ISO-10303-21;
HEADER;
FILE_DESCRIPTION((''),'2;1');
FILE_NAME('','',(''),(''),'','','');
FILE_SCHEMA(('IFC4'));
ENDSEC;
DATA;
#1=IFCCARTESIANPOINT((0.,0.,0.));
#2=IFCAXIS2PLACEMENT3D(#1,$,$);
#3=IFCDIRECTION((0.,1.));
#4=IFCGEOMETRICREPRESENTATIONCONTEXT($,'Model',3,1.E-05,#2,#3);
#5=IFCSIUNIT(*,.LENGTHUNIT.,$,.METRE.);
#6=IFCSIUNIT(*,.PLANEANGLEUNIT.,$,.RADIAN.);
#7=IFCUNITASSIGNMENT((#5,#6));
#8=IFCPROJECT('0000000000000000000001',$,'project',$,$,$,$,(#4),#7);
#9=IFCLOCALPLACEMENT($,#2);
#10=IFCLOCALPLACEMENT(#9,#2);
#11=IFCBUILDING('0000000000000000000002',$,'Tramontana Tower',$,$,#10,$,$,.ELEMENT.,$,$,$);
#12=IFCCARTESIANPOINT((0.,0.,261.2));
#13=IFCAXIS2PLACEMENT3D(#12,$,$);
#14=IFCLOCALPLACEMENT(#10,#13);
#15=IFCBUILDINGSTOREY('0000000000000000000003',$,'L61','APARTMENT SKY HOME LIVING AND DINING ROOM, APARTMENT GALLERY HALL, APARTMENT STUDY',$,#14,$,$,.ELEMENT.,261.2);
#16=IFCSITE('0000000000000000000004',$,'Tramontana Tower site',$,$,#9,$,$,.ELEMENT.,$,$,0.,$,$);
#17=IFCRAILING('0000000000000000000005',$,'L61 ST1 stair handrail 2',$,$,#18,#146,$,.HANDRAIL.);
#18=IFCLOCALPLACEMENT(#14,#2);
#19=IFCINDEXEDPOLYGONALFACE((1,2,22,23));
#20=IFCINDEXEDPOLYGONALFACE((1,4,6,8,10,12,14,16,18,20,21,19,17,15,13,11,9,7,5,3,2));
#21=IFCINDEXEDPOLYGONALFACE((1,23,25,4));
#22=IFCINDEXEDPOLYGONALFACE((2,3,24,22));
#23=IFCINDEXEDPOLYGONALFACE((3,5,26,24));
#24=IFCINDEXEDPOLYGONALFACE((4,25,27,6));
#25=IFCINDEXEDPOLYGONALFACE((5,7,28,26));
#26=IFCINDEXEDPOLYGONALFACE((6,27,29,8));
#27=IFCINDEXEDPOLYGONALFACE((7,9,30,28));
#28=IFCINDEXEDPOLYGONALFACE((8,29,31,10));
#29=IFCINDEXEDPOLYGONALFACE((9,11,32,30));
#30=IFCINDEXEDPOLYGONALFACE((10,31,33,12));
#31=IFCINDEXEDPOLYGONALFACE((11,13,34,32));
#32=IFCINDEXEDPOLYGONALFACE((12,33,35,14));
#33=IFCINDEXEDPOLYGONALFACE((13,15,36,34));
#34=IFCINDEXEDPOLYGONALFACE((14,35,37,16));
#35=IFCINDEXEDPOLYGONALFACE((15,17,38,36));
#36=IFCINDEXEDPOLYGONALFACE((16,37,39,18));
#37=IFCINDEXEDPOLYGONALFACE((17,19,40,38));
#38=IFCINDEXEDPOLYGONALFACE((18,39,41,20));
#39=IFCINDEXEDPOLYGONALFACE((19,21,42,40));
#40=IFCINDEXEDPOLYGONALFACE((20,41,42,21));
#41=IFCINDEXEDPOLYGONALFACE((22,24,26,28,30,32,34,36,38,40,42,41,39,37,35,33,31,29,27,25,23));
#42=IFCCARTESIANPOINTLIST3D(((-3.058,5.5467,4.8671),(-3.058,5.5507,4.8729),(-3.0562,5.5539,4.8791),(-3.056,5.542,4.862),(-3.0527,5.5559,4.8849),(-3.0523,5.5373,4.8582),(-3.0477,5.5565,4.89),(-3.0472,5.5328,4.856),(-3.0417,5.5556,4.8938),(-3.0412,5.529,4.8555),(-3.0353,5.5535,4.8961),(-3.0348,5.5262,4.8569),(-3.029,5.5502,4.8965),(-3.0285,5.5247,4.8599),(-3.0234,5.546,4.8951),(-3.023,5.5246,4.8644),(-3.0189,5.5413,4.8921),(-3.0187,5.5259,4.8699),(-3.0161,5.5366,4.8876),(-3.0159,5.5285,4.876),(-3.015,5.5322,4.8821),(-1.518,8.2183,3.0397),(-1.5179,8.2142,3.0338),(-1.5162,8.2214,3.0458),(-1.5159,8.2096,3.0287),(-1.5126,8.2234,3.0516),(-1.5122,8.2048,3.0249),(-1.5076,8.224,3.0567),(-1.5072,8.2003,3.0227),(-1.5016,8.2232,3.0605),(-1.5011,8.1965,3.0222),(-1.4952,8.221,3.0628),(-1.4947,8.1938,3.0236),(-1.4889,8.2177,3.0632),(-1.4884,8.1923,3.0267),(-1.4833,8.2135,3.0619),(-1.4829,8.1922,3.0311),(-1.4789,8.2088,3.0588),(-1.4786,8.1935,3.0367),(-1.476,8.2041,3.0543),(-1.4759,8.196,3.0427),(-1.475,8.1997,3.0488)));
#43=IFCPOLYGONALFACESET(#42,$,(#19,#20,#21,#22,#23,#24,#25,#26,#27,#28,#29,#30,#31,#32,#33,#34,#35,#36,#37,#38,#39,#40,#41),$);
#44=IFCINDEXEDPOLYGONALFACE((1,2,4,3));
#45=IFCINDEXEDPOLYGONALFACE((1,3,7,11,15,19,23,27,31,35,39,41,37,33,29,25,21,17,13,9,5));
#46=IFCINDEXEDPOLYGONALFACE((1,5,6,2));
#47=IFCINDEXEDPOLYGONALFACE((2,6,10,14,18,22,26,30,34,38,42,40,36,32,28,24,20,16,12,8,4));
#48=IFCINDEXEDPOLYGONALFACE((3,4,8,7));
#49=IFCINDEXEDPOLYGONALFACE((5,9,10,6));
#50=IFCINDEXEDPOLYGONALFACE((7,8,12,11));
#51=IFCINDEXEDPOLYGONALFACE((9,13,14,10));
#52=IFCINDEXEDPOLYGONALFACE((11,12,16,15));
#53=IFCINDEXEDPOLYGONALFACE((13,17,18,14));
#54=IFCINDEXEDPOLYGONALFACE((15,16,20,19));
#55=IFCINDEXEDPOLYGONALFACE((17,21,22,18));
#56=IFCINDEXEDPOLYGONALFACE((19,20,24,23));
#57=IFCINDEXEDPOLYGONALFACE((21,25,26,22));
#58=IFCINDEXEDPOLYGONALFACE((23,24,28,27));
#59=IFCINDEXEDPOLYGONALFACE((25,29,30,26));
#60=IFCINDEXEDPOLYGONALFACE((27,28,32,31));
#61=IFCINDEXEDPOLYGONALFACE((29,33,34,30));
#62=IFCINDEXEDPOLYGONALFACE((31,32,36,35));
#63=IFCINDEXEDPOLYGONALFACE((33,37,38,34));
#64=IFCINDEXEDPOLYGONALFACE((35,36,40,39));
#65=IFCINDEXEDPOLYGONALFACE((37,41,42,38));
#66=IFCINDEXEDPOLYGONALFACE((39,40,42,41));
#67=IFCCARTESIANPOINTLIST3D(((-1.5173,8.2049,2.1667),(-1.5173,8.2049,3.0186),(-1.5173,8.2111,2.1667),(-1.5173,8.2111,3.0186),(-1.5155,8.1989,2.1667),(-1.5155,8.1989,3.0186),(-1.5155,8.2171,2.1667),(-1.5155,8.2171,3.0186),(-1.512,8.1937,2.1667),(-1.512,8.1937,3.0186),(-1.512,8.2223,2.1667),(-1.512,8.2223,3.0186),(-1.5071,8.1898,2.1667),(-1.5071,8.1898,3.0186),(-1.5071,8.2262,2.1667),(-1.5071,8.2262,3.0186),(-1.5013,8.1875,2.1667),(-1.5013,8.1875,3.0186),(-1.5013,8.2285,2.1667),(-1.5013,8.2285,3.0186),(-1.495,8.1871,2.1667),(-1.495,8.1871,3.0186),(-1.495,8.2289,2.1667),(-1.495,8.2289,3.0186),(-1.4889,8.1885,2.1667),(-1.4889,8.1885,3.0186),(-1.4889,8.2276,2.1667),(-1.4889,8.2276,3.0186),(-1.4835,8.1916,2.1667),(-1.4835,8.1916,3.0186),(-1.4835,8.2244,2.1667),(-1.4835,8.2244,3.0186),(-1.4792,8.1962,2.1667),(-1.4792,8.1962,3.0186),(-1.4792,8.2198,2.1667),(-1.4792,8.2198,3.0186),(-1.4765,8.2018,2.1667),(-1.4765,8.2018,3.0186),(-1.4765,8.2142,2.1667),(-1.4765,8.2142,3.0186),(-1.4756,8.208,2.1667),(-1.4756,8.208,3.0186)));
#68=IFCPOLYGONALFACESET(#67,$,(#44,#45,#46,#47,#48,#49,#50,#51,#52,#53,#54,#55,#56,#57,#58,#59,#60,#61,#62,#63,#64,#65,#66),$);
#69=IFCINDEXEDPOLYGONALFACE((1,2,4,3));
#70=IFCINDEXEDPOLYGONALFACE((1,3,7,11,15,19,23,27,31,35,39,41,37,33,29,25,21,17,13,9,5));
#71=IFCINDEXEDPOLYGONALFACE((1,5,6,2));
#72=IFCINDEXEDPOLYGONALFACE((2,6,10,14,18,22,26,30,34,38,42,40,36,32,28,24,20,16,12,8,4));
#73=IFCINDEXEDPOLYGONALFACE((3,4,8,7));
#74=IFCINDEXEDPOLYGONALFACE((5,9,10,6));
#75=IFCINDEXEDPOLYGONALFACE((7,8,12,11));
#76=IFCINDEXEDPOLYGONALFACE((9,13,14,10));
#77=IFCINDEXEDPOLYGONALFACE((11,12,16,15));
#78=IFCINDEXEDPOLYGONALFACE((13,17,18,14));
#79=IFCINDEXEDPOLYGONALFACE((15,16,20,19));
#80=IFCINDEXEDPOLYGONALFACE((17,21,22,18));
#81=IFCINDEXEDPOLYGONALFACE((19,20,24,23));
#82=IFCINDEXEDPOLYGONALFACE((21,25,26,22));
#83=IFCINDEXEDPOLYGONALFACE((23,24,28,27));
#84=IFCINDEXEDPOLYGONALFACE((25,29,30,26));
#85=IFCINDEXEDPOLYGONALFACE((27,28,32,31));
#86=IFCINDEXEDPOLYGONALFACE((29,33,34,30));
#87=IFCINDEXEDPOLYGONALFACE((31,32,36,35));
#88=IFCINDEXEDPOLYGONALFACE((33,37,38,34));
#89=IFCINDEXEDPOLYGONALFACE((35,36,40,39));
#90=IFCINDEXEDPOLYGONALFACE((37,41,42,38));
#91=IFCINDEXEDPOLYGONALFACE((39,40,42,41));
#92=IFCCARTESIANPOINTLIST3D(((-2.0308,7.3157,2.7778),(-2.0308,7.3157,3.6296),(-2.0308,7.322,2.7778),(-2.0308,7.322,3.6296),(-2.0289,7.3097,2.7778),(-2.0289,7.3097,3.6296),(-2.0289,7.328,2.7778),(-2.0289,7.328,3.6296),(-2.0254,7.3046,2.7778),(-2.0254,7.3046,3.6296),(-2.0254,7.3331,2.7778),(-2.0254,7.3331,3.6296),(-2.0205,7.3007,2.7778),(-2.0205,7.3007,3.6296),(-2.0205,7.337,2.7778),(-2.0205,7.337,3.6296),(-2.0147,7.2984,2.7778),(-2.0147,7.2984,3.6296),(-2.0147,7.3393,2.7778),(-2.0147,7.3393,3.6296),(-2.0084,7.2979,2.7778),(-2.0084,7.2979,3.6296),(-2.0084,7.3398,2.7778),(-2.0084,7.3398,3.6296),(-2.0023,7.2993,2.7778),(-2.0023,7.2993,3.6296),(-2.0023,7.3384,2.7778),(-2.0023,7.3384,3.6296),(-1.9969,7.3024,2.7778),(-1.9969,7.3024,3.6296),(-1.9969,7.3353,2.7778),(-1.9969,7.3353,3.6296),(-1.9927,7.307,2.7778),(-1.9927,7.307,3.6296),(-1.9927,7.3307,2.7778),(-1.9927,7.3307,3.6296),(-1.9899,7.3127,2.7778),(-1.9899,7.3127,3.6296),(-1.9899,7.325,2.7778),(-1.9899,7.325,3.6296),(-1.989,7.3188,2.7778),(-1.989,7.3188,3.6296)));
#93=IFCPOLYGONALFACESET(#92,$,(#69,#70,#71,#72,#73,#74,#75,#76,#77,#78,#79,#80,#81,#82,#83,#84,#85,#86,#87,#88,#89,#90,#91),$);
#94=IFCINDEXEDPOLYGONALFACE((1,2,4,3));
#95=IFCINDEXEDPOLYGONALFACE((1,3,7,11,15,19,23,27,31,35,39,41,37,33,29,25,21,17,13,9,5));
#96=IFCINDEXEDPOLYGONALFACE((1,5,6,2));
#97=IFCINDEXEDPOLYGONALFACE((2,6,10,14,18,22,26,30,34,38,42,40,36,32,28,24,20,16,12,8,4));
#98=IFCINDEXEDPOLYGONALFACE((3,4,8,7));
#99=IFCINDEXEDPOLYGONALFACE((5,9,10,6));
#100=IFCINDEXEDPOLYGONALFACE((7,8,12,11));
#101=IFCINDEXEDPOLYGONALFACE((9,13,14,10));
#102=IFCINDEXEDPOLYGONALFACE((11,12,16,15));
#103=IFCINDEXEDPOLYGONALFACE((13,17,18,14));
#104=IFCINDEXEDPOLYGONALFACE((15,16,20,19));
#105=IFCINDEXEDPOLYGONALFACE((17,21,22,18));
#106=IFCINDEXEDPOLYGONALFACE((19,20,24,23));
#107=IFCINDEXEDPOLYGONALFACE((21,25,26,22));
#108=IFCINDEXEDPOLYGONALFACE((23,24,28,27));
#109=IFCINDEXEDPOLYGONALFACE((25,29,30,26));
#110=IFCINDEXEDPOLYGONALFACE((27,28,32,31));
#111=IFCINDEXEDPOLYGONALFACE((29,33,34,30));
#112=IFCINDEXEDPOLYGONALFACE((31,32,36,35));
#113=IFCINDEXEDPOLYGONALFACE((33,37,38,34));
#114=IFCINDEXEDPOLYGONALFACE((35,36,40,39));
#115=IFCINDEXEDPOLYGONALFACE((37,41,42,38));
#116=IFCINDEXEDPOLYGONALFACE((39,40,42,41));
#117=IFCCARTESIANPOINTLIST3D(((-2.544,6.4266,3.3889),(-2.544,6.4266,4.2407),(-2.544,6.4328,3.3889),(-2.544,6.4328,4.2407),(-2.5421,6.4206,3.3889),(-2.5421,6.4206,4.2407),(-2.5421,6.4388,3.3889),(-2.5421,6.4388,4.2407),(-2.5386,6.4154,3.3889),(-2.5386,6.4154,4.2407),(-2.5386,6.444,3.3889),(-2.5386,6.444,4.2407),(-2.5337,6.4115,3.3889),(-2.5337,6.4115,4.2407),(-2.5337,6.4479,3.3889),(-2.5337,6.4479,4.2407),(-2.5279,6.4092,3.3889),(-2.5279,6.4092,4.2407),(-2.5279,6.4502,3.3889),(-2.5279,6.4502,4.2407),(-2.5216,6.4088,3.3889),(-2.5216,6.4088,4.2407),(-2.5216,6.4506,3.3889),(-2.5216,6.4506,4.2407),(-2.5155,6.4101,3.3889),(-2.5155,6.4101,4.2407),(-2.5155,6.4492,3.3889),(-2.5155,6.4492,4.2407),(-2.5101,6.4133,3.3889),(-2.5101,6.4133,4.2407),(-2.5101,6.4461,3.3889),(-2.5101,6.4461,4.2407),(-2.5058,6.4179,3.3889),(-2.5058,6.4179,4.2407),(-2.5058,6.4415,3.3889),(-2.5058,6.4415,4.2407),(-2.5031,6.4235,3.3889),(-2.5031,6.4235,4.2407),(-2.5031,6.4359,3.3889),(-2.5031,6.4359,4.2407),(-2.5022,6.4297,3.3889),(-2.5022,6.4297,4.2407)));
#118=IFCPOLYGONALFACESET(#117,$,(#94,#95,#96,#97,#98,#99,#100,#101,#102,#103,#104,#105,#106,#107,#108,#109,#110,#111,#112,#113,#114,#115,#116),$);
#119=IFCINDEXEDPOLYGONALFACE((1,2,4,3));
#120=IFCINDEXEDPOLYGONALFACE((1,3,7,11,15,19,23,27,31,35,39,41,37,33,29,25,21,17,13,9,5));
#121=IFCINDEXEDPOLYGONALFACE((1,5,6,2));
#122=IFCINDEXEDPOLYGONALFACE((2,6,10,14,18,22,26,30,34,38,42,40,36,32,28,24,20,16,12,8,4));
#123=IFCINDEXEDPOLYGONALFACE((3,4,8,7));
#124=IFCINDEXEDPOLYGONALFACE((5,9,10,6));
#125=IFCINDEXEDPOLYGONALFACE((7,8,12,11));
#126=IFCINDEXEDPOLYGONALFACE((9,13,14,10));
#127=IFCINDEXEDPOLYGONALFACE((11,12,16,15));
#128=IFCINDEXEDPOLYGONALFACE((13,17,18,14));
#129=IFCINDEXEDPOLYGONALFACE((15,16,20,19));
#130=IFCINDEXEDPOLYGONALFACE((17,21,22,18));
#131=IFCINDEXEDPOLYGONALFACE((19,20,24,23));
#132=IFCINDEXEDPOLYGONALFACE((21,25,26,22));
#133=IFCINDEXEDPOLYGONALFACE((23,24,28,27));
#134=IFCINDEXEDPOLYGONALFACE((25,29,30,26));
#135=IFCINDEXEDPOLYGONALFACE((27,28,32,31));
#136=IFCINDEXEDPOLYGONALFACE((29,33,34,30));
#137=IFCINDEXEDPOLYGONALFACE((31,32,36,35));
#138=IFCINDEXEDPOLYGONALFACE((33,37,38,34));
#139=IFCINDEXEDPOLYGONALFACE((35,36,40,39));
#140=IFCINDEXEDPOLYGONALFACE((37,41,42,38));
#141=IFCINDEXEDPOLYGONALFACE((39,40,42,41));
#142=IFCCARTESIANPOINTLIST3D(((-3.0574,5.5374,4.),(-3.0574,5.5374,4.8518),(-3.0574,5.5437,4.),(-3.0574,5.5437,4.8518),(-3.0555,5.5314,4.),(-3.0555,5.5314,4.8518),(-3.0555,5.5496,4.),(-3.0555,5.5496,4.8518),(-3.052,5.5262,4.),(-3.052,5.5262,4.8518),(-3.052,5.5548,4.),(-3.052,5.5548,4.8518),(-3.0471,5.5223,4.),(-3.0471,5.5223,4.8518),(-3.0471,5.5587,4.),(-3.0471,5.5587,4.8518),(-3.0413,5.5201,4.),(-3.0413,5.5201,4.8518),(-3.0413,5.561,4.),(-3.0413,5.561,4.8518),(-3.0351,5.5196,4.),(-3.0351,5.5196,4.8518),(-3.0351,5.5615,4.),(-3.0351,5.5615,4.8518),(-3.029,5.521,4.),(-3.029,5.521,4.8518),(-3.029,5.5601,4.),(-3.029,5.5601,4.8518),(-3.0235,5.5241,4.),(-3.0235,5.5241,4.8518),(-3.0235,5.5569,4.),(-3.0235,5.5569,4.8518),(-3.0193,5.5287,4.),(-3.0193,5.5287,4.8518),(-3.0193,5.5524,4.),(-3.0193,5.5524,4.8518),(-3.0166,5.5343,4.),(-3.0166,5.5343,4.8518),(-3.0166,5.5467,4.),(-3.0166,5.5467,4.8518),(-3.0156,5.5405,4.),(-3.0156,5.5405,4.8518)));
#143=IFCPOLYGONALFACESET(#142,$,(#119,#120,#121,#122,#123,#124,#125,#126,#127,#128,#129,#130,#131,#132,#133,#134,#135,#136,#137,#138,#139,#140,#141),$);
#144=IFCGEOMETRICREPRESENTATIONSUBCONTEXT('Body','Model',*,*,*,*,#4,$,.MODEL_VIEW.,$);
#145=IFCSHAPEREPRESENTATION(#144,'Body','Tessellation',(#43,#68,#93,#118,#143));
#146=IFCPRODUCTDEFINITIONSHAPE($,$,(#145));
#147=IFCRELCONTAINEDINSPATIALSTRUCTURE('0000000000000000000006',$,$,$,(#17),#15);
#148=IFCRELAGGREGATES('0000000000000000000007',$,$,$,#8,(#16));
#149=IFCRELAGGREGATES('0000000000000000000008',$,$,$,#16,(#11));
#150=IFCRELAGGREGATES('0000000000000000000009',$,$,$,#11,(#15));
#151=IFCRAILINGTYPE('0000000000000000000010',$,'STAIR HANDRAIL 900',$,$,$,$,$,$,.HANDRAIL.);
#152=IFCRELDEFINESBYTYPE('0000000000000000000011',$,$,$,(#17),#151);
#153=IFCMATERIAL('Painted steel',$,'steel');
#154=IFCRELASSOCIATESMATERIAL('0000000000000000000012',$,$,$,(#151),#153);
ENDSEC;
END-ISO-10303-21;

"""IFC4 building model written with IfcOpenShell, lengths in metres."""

from ifc_helpers import new_model, si_unit, direction, frame, origin, origin_2d, place, context, subcontext, project, spatial, circle, extrude, material, type_object, element, save


model = new_model("IFC4")

# Units and contexts
model_context = context("Model", 3, precision=1e-05, world=origin(), true_north=direction((0.0, 1.0)))
body_context = subcontext(model_context, "Body", "Model", "MODEL_VIEW")
ifc_project = project(units=[si_unit("LENGTHUNIT", "METRE"), si_unit("PLANEANGLEUNIT", "RADIAN")], contexts=[model_context])

# Site, building, storey
site_placement = place(None, origin())
site = spatial("IfcSite", under=ifc_project, at=site_placement, Name="Tramontana Tower site", CompositionType="ELEMENT", RefElevation=0.0)
building_placement = place(site_placement, origin())
building = spatial("IfcBuilding", under=site, at=building_placement, Name="Tramontana Tower", CompositionType="ELEMENT")
storey_placement = place(building_placement, frame((0.0, 0.0, 261.2)))
storey = spatial("IfcBuildingStorey", under=building, at=storey_placement, Name="L61", Description="APARTMENT SKY HOME LIVING AND DINING ROOM, APARTMENT GALLERY HALL, APARTMENT STUDY", CompositionType="ELEMENT", Elevation=261.2)

# Railing
ifc_material_1 = material(Name="Painted steel", Category="steel")
railing_type_1 = type_object("IfcRailingType", Name="STAIR HANDRAIL 900", PredefinedType="HANDRAIL", material=ifc_material_1)
railing_1_placement = place(storey_placement, frame((-1.4966, 8.208, 2.1667)))
element("IfcRailing", 1, at=railing_1_placement, inside=storey, type_object=railing_type_1, Name="L61 ST1 stair handrail 2", PredefinedType="HANDRAIL", context=body_context, shape_type="SweptSolid", body=[
    extrude(circle(Radius=0.0239, at=origin_2d()), frame((0.0, 0.0, 0.876), z_axis=(-0.429649, -0.74419, 0.511452), x_axis=(0.86603, -0.499992, 0.0)), (0.0, 0.0, 1.0), 3.5845),
    extrude(circle(Radius=0.021, at=origin_2d()), origin(), (0.0, 0.0, 1.0), 0.8518),
    extrude(circle(Radius=0.021, at=origin_2d()), frame((-0.5134, -0.8892, 0.6111)), (0.0, 0.0, 1.0), 0.8518),
    extrude(circle(Radius=0.021, at=origin_2d()), frame((-1.0266, -1.7783, 1.2222)), (0.0, 0.0, 1.0), 0.8518),
    extrude(circle(Radius=0.021, at=origin_2d()), frame((-1.54, -2.6675, 1.8333)), (0.0, 0.0, 1.0), 0.8518),
])

save(model, "model.ifc")
